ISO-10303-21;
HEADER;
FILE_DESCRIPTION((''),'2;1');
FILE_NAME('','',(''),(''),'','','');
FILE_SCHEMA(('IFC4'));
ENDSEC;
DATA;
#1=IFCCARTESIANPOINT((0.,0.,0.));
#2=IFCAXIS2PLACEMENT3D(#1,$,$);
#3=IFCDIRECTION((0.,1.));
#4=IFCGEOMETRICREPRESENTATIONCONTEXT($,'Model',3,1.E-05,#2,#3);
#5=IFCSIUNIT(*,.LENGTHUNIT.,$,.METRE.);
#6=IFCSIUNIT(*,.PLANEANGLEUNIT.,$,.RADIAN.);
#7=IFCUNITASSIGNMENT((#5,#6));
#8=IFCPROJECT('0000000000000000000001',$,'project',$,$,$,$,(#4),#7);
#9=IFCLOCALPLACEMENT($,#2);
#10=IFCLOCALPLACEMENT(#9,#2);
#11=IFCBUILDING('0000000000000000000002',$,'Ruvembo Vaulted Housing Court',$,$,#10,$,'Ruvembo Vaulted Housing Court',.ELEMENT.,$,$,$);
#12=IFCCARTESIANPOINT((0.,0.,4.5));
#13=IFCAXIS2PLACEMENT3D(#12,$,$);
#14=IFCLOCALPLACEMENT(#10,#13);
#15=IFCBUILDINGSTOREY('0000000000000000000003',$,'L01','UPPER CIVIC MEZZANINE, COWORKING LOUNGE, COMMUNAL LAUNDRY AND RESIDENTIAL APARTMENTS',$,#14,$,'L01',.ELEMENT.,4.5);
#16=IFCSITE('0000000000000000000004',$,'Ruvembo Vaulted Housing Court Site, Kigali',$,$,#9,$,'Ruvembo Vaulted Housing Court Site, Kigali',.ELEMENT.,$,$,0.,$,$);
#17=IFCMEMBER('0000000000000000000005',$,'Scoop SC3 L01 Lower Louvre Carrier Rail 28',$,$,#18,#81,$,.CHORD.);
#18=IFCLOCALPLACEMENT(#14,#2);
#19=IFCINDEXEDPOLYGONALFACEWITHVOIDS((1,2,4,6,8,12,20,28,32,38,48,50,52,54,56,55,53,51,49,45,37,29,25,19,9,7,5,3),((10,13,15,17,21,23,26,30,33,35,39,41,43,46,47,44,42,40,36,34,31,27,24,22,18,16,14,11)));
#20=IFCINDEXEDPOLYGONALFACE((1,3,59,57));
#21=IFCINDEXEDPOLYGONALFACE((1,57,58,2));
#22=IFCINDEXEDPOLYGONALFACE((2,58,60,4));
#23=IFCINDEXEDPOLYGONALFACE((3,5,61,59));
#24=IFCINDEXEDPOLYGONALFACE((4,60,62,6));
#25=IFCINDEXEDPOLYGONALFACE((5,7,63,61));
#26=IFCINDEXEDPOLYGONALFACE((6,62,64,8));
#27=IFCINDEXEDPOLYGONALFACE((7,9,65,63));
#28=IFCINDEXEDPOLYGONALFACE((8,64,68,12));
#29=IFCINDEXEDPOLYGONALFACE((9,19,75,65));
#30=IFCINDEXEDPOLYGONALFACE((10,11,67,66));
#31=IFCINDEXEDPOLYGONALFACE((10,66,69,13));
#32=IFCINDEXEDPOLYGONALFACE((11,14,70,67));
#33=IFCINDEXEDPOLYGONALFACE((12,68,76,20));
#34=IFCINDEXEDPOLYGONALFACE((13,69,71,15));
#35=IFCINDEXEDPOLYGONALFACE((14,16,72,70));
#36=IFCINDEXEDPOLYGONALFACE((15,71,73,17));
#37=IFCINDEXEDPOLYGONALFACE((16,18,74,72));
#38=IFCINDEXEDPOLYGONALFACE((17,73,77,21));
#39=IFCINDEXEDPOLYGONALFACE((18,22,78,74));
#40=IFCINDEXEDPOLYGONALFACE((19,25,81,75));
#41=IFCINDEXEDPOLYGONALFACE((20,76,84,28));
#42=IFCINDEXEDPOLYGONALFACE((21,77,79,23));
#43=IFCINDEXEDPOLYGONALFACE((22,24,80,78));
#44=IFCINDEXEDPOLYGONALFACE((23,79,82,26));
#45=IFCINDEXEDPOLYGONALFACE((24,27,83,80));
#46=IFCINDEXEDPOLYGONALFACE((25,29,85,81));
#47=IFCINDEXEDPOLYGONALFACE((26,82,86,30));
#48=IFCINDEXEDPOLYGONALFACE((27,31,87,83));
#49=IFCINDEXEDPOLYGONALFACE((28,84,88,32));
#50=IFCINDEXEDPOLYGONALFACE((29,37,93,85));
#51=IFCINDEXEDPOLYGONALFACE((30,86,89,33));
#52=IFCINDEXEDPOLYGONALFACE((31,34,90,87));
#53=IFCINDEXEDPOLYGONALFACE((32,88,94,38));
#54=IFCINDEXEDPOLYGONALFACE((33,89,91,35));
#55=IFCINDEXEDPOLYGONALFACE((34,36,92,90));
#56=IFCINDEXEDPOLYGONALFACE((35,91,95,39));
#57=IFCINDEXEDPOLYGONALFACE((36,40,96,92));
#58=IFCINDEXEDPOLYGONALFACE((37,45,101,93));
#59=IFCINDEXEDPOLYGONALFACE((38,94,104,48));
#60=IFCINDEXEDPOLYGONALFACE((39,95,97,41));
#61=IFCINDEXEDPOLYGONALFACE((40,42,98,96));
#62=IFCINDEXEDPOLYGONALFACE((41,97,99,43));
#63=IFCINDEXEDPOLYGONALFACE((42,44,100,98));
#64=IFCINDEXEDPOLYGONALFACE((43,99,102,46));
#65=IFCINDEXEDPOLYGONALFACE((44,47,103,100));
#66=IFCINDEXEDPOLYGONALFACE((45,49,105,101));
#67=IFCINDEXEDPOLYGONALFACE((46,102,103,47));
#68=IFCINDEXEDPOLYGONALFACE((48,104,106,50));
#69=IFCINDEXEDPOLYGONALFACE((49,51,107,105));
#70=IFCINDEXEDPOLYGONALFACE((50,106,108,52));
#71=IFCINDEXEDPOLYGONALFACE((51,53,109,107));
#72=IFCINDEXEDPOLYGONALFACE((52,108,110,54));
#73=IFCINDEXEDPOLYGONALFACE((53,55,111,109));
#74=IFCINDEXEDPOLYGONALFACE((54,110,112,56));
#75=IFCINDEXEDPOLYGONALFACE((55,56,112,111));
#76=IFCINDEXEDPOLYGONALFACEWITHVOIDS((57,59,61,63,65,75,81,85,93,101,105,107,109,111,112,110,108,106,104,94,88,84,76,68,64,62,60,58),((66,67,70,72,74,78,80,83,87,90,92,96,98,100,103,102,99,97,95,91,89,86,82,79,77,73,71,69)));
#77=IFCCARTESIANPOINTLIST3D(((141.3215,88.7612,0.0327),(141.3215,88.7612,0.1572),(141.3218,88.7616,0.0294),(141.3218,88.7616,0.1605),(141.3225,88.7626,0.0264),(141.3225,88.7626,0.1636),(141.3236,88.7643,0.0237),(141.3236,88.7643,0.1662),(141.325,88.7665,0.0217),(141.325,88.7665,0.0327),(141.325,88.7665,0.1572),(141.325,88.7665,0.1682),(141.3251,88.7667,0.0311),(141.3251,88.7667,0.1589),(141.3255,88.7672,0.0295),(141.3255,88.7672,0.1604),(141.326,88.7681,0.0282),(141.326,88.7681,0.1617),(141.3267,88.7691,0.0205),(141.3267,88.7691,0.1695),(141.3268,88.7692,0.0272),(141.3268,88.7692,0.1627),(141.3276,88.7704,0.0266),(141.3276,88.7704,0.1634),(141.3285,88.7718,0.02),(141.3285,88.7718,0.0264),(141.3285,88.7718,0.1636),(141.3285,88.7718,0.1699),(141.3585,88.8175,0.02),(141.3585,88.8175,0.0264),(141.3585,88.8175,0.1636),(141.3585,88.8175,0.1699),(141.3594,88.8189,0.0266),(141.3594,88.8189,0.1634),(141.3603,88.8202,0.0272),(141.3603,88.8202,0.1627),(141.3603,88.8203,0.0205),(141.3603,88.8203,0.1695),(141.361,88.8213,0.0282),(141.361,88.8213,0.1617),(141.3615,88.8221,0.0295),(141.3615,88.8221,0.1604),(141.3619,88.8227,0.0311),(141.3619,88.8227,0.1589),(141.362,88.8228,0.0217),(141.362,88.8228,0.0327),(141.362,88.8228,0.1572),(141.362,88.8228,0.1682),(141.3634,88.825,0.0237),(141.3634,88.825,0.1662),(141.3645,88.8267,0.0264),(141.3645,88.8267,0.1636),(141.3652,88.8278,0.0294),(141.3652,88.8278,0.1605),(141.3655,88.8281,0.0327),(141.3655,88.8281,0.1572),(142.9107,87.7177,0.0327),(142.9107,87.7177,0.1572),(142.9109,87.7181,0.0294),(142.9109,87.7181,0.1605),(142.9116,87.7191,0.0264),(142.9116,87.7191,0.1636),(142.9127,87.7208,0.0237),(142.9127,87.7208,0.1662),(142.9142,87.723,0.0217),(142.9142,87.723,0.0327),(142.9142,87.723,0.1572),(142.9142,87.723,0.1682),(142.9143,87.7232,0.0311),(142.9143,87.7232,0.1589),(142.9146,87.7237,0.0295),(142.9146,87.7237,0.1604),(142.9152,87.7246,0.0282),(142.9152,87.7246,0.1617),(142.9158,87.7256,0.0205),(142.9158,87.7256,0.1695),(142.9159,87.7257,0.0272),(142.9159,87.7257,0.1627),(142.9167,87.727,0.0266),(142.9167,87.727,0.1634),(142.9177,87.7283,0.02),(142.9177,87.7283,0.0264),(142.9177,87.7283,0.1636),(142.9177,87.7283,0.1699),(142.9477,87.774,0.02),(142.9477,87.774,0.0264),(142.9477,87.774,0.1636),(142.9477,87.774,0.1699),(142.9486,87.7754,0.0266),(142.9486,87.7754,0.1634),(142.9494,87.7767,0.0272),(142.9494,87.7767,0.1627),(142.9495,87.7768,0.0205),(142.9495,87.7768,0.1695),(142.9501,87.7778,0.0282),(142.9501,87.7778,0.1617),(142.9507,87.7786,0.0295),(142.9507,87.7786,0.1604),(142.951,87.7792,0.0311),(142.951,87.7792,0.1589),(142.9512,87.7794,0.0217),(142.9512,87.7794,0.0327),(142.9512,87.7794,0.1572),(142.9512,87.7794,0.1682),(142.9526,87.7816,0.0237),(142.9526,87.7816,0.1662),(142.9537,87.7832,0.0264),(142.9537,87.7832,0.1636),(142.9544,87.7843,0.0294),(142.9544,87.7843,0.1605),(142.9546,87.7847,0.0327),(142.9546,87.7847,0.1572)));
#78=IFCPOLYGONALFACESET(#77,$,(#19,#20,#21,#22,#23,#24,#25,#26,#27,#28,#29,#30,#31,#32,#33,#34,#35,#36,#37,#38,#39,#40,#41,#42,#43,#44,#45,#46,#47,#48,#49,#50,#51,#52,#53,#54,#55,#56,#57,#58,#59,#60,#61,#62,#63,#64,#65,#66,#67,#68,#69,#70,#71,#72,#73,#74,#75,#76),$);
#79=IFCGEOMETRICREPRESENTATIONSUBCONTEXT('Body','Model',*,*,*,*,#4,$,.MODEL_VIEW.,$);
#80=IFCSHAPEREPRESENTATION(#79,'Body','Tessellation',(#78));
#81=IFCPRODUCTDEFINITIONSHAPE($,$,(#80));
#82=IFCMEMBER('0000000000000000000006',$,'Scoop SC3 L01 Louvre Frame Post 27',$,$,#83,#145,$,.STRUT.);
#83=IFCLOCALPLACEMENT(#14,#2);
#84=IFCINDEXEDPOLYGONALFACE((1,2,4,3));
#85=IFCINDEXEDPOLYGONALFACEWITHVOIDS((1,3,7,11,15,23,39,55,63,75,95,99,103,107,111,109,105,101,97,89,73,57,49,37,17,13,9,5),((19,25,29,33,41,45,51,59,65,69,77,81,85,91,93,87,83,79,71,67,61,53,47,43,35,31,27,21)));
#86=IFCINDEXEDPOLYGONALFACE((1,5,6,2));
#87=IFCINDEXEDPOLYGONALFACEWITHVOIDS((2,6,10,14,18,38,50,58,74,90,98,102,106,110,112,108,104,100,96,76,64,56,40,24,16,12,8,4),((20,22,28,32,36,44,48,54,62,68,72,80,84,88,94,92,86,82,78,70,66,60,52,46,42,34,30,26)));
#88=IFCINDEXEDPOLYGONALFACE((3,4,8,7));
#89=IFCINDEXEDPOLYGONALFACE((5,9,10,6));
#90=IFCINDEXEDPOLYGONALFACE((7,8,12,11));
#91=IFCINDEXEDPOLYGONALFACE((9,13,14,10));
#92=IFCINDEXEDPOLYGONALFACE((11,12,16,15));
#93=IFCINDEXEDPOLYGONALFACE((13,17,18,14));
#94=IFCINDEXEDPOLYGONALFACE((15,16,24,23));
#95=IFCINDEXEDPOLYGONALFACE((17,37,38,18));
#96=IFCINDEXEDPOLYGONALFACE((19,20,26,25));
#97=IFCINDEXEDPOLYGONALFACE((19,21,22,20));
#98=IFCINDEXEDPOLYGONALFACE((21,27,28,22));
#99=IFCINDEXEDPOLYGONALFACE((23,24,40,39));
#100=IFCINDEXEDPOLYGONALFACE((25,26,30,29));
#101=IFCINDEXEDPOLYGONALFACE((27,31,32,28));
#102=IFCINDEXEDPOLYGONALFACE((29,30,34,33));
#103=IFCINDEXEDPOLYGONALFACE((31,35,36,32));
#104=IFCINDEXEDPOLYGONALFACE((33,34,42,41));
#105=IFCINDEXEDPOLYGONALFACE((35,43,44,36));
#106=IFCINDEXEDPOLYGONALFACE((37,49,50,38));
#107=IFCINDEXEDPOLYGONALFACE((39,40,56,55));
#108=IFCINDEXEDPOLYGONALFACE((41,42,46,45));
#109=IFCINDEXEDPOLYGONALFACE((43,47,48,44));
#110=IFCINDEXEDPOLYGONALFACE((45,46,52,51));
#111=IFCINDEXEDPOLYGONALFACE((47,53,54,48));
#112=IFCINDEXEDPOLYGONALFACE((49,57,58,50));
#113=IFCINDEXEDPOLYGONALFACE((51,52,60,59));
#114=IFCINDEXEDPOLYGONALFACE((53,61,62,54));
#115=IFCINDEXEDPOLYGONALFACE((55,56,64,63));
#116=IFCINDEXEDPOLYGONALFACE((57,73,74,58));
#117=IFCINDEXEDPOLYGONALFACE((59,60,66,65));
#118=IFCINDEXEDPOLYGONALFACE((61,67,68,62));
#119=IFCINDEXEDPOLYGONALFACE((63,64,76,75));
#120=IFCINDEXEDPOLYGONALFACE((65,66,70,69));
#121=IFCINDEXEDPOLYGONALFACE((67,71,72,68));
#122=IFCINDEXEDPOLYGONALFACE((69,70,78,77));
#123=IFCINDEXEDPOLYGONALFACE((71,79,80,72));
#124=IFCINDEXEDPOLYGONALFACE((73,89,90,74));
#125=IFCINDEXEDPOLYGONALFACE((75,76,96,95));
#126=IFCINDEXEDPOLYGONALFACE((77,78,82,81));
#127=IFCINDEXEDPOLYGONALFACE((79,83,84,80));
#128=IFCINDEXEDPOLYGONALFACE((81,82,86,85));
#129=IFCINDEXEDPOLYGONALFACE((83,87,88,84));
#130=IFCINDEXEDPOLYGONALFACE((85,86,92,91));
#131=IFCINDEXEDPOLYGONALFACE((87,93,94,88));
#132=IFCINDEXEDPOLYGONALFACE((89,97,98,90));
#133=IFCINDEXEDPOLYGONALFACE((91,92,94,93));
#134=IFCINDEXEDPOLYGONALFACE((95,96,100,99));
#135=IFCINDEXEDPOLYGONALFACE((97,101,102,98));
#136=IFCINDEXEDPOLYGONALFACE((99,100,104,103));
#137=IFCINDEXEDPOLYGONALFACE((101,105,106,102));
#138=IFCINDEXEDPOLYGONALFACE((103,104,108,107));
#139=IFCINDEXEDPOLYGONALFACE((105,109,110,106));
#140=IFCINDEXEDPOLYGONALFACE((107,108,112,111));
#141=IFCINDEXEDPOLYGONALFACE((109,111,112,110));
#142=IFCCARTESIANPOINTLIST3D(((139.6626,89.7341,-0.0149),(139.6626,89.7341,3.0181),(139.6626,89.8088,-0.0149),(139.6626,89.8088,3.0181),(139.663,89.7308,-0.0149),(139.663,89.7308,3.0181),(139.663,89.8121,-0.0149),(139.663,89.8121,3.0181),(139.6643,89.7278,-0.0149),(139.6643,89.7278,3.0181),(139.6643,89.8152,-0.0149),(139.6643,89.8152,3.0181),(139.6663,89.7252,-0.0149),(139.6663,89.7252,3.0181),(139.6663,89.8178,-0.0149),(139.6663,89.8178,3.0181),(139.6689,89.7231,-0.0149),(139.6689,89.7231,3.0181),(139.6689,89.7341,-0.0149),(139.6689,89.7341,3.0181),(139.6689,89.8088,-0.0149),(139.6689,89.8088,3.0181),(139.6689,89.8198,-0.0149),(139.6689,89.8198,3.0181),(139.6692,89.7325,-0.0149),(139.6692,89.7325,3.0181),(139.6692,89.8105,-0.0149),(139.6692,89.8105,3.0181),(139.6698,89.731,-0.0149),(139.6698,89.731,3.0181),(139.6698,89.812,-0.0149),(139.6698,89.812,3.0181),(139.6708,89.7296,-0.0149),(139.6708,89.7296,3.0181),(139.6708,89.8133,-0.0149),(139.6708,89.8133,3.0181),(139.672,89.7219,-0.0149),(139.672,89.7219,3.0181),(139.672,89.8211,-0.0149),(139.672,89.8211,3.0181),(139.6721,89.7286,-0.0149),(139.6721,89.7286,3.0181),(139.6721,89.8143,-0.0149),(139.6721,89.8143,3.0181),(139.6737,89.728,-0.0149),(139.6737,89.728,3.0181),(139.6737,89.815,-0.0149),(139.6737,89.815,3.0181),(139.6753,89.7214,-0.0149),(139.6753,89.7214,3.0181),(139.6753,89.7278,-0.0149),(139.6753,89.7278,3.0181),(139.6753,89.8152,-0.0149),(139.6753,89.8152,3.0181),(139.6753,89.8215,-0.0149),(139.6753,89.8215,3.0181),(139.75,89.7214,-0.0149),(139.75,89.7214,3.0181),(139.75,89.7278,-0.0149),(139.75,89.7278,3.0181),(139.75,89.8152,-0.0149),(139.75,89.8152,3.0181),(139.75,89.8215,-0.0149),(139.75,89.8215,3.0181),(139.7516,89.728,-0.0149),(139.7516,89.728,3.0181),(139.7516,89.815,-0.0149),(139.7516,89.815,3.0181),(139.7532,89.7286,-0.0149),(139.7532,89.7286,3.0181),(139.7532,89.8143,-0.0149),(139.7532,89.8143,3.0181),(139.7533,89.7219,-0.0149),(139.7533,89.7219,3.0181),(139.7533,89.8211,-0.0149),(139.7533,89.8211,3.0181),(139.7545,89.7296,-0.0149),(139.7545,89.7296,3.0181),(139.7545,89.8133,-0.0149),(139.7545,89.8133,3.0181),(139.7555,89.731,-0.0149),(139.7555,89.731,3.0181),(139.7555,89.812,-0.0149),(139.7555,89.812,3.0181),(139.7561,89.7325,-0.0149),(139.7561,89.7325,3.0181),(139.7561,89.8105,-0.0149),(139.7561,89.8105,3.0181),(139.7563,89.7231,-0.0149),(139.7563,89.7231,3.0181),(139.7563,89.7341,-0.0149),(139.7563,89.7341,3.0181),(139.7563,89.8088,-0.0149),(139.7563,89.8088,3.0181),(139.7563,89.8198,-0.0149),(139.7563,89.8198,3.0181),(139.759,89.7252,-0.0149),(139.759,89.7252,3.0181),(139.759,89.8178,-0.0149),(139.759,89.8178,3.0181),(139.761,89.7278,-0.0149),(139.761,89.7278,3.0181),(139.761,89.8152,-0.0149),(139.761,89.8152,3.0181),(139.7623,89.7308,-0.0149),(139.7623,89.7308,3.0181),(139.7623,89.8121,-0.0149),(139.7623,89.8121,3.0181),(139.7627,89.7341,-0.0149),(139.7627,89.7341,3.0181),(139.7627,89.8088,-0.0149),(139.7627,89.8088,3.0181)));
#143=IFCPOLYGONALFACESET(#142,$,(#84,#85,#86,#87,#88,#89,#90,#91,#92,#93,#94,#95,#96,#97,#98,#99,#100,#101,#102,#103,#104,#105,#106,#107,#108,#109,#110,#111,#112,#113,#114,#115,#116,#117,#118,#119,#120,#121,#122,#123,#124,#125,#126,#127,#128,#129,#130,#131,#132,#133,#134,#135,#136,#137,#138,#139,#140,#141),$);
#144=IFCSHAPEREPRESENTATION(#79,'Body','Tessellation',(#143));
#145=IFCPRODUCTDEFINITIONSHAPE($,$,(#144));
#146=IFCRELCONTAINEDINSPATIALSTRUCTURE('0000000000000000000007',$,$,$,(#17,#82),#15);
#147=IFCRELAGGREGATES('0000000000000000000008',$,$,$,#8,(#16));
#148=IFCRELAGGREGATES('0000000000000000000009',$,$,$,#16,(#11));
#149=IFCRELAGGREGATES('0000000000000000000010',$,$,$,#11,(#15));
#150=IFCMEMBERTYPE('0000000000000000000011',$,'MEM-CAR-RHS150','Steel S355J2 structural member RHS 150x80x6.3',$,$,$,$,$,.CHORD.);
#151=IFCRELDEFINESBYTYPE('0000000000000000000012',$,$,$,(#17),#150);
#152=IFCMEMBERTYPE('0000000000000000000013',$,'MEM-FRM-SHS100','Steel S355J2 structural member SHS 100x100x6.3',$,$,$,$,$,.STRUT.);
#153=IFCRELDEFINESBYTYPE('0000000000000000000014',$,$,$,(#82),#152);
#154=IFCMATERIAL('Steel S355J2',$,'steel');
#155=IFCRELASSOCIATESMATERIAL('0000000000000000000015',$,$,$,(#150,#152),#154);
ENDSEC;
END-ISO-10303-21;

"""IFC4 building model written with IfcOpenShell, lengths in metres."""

from ifc_helpers import new_model, si_unit, direction, frame, origin, origin_2d, place, context, subcontext, project, spatial, hollow_rectangle, extrude, material, material_profile, profile_set, type_object, element, save


model = new_model("IFC4")

# Units and contexts
model_context = context("Model", 3, precision=1e-05, world=origin(), true_north=direction((0.0, 1.0)))
body_context = subcontext(model_context, "Body", "Model", "MODEL_VIEW")
ifc_project = project(units=[si_unit("LENGTHUNIT", "METRE"), si_unit("PLANEANGLEUNIT", "RADIAN")], contexts=[model_context])

# Site, building, storey
site_placement = place(None, origin())
site = spatial("IfcSite", under=ifc_project, at=site_placement, Name="Ruvembo Vaulted Housing Court Site, Kigali", LongName="Ruvembo Vaulted Housing Court Site, Kigali", CompositionType="ELEMENT", RefElevation=0.0)
building_placement = place(site_placement, origin())
building = spatial("IfcBuilding", under=site, at=building_placement, Name="Ruvembo Vaulted Housing Court", LongName="Ruvembo Vaulted Housing Court", CompositionType="ELEMENT")
storey_placement = place(building_placement, frame((0.0, 0.0, 4.5)))
storey = spatial("IfcBuildingStorey", under=building, at=storey_placement, Name="L01", Description="UPPER CIVIC MEZZANINE, COWORKING LOUNGE, COMMUNAL LAUNDRY AND RESIDENTIAL APARTMENTS", LongName="L01", CompositionType="ELEMENT", Elevation=4.5)

# Shared definitions
ifc_material_1 = material(Name="Steel S355J2", Category="steel")

# Members
ifc_material_profile_1 = material_profile(ifc_material_1, hollow_rectangle(XDim=0.0801, YDim=0.1499, WallThickness=0.0063, InnerFilletRadius=0.0063, OuterFilletRadius=0.0127, at=origin_2d()), Name="RHS 150x80x6.3")
ifc_profile_set_1 = profile_set([ifc_material_profile_1], Name="Steel S355J2")
member_type_1 = type_object("IfcMemberType", Name="MEM-CAR-RHS150", Description="Steel S355J2 structural member RHS 150x80x6.3", PredefinedType="CHORD", material=ifc_profile_set_1)
for number, where, z_axis, x_axis, name in (
    (1, (141.3435, 88.7947, 0.095), (0.835902, -0.548878, 0.0), (0.548878, 0.835902, 0.0), "Scoop SC3 L01 Lower Louvre Carrier Rail 28"),
):
    element("IfcMember", number, at=place(storey_placement, frame(where, z_axis=z_axis, x_axis=x_axis)), inside=storey, type_object=member_type_1, Name=name, PredefinedType="CHORD", context=body_context, shape_type="SweptSolid", body=[
        extrude(hollow_rectangle(XDim=0.0801, YDim=0.1499, WallThickness=0.0063, InnerFilletRadius=0.0063, OuterFilletRadius=0.0127, at=origin_2d()), origin(), (0.0, 0.0, 1.0), 1.9011),
    ])
ifc_material_profile_2 = material_profile(ifc_material_1, hollow_rectangle(XDim=0.1001, YDim=0.1001, WallThickness=0.0063, InnerFilletRadius=0.0063, OuterFilletRadius=0.0127, at=origin_2d()), Name="SHS 100x100x6.3")
ifc_profile_set_2 = profile_set([ifc_material_profile_2], Name="Steel S355J2")
member_type_2 = type_object("IfcMemberType", Name="MEM-FRM-SHS100", Description="Steel S355J2 structural member SHS 100x100x6.3", PredefinedType="STRUT", material=ifc_profile_set_2)
for number, where, z_axis, x_axis, name in (
    (2, (139.7126, 89.7715, -0.0149), (0.0, 0.0, 1.0), (1.0, 0.0, 0.0), "Scoop SC3 L01 Louvre Frame Post 27"),
):
    element("IfcMember", number, at=place(storey_placement, frame(where, z_axis=z_axis, x_axis=x_axis)), inside=storey, type_object=member_type_2, Name=name, PredefinedType="STRUT", context=body_context, shape_type="SweptSolid", body=[
        extrude(hollow_rectangle(XDim=0.1001, YDim=0.1001, WallThickness=0.0063, InnerFilletRadius=0.0063, OuterFilletRadius=0.0127, at=origin_2d()), origin(), (0.0, 0.0, 1.0), 3.033),
    ])

save(model, "model.ifc")
